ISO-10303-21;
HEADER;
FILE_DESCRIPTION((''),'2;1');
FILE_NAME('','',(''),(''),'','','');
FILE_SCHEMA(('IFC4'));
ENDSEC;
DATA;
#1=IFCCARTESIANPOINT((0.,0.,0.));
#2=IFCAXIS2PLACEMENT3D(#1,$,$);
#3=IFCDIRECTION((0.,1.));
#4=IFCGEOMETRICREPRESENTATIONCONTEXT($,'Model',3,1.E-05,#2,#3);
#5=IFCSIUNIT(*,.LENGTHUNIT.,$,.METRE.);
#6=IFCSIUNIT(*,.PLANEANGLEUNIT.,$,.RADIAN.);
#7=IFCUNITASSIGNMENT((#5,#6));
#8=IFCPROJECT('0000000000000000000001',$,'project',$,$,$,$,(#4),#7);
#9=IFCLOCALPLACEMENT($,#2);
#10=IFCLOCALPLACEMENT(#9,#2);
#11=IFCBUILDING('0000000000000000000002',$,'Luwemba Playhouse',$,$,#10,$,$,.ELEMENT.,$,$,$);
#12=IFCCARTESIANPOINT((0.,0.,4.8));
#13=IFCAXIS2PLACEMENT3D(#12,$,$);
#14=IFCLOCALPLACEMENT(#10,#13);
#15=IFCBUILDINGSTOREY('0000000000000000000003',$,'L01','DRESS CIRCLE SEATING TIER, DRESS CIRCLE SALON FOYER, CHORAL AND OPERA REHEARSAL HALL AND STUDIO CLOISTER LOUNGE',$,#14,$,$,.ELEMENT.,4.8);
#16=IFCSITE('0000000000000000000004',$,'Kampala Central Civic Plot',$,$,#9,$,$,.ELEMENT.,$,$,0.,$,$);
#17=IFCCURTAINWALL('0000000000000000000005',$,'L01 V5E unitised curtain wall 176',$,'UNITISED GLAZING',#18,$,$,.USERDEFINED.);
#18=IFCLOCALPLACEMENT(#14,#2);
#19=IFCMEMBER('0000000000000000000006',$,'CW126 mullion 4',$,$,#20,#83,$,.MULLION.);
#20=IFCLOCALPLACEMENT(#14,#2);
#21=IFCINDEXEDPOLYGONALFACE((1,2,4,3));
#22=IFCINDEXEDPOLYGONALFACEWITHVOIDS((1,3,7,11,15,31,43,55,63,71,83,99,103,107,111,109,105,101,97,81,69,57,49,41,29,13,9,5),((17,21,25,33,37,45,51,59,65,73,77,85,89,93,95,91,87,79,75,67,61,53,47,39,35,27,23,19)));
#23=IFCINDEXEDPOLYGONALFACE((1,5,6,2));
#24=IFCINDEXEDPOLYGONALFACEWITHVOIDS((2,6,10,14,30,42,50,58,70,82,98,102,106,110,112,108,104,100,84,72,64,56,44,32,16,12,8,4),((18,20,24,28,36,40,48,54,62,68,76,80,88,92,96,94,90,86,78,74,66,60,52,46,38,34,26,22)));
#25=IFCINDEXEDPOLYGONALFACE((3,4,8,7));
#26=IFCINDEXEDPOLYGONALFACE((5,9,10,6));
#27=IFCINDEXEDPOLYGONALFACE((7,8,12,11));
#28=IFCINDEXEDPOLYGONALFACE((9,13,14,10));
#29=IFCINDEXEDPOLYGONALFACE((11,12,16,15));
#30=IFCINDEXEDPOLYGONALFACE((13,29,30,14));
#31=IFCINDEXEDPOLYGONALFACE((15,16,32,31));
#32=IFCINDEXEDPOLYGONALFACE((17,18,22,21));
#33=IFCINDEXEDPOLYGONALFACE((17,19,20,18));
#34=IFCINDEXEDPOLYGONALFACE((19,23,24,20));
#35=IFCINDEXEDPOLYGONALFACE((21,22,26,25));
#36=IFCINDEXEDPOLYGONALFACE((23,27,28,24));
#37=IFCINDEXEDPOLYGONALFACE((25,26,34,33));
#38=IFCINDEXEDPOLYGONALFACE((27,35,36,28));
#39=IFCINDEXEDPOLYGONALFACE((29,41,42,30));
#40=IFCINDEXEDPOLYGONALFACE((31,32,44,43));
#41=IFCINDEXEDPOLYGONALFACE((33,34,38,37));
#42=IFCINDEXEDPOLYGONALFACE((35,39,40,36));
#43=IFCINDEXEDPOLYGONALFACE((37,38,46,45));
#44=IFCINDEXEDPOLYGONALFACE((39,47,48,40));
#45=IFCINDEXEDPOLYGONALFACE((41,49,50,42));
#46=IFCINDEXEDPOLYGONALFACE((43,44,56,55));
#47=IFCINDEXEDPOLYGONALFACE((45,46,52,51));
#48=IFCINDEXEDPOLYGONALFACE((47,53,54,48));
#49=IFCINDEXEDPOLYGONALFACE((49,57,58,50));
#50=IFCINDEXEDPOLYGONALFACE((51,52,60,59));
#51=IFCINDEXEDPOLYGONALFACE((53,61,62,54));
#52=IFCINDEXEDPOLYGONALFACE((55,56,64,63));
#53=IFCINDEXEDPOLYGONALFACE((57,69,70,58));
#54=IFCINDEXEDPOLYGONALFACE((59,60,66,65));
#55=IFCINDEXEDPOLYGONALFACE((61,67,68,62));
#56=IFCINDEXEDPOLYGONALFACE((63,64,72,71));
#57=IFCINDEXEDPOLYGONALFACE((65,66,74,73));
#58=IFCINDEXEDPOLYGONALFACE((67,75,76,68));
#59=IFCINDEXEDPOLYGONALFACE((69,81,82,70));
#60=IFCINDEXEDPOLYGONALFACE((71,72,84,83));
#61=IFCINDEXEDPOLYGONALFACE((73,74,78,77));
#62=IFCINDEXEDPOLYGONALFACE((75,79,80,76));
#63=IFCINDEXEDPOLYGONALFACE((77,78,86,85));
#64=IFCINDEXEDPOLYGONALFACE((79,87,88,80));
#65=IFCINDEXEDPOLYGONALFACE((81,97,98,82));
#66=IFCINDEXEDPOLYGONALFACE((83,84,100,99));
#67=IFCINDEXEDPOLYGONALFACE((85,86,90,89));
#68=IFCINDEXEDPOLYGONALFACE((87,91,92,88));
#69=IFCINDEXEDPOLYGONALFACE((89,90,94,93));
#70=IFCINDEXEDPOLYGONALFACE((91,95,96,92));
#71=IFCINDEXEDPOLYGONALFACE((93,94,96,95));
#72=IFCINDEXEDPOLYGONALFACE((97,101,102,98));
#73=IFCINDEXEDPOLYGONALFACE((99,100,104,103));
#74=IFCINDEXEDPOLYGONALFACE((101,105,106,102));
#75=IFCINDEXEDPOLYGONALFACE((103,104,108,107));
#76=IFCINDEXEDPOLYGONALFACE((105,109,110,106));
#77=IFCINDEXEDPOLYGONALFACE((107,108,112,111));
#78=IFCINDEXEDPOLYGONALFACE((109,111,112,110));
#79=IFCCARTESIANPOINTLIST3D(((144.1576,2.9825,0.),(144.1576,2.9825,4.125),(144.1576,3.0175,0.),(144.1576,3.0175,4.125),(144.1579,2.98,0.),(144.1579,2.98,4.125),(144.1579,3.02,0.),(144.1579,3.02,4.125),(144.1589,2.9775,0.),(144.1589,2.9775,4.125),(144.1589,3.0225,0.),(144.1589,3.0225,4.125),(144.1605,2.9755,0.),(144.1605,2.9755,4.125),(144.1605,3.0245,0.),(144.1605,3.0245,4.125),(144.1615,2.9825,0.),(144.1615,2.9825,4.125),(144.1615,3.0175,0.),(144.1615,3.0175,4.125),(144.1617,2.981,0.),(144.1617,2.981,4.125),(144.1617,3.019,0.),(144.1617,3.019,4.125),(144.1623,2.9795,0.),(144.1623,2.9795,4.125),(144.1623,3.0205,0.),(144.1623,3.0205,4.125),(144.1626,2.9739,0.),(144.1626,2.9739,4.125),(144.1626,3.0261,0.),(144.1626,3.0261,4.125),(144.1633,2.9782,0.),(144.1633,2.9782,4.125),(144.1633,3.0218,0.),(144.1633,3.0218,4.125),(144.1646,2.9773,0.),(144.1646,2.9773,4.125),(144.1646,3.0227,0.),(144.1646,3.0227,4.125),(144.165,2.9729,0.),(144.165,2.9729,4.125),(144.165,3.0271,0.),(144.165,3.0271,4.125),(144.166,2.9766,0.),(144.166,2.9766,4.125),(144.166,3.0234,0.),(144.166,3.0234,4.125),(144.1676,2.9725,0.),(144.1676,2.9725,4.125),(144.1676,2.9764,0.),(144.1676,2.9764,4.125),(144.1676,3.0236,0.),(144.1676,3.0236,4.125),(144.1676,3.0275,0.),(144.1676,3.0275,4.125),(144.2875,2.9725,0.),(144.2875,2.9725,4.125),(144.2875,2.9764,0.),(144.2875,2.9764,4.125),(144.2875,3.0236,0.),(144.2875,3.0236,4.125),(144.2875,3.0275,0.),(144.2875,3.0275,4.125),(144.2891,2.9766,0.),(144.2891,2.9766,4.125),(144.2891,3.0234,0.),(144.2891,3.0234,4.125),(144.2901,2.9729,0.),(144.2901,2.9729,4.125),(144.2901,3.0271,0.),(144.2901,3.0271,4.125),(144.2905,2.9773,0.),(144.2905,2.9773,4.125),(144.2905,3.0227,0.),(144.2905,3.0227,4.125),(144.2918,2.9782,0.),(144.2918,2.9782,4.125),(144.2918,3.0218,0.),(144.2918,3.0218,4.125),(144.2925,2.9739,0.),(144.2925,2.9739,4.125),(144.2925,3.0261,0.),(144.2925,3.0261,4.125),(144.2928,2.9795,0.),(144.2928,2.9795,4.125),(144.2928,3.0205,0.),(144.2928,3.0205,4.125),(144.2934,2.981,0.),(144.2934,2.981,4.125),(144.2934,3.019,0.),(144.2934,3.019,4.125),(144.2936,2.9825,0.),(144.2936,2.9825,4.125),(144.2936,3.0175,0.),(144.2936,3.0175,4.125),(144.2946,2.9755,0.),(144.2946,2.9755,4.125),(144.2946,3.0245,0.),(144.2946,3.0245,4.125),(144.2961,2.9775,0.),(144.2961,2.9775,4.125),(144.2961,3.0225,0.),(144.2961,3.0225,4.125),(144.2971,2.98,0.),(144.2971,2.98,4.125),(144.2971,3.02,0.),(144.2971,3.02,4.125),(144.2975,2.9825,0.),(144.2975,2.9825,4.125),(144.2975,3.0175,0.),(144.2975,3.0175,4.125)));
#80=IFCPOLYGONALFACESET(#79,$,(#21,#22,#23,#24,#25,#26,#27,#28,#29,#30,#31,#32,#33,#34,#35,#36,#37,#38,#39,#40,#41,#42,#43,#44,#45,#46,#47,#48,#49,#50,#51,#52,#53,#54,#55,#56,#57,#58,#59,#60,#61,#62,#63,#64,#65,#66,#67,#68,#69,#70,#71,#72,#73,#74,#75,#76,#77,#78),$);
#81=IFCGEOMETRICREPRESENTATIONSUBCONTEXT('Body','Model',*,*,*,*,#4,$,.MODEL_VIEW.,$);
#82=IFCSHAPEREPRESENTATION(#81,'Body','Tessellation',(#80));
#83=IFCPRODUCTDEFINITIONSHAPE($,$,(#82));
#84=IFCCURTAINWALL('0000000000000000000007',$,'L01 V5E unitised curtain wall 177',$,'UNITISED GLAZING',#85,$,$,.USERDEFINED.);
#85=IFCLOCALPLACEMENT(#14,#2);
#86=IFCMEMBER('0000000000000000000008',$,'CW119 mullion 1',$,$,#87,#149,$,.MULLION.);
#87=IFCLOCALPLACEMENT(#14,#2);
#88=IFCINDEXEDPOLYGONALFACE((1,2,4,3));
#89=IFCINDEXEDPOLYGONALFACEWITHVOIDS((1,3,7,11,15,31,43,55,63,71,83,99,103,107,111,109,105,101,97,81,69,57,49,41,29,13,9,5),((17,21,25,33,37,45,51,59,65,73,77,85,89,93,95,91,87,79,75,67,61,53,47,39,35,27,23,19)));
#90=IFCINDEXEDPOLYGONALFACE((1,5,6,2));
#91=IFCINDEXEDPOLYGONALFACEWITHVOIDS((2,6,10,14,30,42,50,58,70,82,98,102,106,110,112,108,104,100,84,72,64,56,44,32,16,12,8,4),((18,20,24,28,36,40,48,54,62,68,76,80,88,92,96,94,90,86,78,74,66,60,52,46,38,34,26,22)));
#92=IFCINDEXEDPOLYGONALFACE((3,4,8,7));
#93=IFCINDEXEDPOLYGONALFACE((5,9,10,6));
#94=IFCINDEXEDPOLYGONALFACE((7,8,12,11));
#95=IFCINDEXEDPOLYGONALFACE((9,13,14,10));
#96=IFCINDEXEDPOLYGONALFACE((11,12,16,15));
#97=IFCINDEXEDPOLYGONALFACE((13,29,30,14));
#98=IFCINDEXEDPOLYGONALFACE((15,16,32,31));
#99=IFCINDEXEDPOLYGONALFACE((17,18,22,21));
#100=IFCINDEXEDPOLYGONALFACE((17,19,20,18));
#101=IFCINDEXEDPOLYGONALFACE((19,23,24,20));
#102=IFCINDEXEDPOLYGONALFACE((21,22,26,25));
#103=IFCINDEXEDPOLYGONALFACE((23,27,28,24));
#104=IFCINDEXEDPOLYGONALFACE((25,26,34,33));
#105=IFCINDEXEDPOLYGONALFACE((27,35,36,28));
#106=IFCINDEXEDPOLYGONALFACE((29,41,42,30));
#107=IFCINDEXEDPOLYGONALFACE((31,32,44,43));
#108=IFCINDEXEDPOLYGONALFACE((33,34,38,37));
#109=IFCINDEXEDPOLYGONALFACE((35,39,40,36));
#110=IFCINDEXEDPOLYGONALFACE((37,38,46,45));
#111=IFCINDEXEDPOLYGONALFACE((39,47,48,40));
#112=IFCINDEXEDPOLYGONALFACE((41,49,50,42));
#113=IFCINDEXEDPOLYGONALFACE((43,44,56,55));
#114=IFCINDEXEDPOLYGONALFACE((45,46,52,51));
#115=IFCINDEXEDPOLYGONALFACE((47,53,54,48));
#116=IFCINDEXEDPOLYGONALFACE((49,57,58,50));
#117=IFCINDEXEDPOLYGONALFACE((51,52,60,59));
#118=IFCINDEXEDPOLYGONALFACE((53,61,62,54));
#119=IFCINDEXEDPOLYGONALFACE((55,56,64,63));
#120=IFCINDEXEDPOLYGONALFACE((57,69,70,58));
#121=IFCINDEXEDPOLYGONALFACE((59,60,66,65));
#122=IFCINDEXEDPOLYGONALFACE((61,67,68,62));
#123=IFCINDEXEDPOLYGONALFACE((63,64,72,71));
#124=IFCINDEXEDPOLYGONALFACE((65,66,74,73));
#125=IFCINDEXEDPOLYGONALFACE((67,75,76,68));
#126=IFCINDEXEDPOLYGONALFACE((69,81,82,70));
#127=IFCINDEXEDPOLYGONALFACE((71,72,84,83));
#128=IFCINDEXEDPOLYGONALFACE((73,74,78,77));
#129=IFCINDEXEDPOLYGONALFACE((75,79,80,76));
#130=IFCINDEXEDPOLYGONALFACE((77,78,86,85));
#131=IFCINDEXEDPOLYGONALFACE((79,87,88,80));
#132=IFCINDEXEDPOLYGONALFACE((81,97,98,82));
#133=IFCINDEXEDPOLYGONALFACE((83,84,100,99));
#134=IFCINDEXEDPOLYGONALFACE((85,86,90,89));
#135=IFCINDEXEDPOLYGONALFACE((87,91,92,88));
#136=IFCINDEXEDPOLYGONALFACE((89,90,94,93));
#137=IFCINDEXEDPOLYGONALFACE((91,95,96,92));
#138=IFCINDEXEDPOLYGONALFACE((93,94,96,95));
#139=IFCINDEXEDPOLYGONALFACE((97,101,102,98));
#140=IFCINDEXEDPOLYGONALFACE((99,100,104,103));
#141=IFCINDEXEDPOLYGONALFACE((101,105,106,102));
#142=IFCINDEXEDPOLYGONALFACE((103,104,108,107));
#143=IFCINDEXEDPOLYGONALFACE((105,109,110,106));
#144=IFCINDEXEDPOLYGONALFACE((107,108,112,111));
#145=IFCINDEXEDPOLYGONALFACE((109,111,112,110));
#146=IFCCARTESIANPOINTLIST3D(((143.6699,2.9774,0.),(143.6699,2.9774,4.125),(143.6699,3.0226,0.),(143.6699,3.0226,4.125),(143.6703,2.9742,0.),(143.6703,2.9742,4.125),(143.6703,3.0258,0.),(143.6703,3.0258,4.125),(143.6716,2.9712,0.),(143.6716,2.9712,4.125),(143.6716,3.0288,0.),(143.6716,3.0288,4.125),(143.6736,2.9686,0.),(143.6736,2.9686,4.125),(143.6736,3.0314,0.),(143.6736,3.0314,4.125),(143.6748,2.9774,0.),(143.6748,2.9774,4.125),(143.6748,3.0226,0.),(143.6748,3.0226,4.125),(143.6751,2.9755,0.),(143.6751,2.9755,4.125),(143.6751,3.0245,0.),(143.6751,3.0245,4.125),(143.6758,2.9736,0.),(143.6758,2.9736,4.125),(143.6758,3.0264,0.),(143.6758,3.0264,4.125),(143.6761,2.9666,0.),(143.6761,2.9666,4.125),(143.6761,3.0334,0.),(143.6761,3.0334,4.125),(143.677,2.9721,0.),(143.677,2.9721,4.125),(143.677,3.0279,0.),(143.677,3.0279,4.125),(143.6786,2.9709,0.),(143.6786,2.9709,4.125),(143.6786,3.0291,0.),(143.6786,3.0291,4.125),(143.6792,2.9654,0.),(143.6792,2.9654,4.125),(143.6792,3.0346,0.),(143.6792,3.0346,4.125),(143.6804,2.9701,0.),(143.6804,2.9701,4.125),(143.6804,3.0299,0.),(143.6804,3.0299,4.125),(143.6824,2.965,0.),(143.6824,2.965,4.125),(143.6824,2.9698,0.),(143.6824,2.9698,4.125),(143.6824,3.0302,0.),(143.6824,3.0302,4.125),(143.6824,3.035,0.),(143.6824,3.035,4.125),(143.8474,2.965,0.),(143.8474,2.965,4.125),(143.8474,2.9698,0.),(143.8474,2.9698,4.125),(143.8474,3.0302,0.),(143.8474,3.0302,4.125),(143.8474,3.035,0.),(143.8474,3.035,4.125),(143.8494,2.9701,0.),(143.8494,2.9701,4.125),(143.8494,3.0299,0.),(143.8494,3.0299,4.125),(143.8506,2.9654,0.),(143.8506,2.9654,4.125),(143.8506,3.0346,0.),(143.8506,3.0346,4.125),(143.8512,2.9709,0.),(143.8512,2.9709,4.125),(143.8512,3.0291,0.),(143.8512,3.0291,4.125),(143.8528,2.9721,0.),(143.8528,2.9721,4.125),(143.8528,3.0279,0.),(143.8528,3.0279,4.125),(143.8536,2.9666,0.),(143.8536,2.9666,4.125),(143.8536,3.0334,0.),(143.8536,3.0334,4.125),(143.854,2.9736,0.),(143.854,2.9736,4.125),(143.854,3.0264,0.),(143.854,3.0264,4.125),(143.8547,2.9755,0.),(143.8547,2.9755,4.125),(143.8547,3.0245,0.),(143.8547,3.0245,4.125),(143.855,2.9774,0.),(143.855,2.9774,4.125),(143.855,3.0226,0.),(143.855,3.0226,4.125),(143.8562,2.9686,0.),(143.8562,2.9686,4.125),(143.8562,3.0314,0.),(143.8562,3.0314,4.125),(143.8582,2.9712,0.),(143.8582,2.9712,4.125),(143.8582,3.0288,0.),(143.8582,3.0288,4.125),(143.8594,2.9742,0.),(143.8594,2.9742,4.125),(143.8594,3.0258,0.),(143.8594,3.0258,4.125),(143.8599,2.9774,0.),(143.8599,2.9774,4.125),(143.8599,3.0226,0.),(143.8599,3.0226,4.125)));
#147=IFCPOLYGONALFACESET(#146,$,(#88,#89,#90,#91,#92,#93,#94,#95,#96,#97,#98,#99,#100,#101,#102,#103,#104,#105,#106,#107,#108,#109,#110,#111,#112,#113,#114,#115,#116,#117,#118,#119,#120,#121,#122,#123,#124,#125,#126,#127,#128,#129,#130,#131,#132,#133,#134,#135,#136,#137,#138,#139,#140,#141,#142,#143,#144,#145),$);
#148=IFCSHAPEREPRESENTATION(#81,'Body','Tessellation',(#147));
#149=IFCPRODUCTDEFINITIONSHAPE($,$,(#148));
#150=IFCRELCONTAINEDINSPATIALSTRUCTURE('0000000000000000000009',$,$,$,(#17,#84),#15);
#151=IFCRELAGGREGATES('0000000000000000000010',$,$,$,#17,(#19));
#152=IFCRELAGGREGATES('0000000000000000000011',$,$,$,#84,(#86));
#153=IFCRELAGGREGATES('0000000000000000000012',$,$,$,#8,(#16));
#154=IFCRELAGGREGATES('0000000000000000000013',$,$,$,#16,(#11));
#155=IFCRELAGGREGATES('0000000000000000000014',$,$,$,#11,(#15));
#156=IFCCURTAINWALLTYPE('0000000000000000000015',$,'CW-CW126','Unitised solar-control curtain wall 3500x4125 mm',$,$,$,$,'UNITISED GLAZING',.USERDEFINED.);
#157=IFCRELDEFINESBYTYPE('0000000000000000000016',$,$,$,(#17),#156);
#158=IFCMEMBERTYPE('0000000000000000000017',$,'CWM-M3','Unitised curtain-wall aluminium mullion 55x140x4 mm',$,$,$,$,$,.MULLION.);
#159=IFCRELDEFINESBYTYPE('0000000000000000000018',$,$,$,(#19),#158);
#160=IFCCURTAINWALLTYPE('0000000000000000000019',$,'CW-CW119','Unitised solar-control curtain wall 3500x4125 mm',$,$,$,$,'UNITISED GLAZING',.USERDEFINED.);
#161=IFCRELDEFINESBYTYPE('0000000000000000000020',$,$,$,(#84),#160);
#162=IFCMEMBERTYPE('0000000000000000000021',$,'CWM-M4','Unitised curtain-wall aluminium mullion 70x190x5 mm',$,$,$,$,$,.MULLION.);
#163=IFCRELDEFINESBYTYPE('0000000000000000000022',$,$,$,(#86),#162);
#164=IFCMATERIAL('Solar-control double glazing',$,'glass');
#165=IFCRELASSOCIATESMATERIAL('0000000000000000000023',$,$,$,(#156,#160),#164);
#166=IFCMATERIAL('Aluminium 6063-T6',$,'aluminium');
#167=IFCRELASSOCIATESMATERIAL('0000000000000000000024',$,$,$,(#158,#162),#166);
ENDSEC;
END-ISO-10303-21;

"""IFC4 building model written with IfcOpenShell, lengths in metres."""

from ifc_helpers import new_model, si_unit, direction, frame, origin, origin_2d, place, context, subcontext, project, spatial, hollow_rectangle, extrude, material, material_profile, profile_set, type_object, element, aggregate, save


model = new_model("IFC4")

# Units and contexts
model_context = context("Model", 3, precision=1e-05, world=origin(), true_north=direction((0.0, 1.0)))
body_context = subcontext(model_context, "Body", "Model", "MODEL_VIEW")
ifc_project = project(units=[si_unit("LENGTHUNIT", "METRE"), si_unit("PLANEANGLEUNIT", "RADIAN")], contexts=[model_context])

# Site, building, storey
site_placement = place(None, origin())
site = spatial("IfcSite", under=ifc_project, at=site_placement, Name="Kampala Central Civic Plot", CompositionType="ELEMENT", RefElevation=0.0)
building_placement = place(site_placement, origin())
building = spatial("IfcBuilding", under=site, at=building_placement, Name="Luwemba Playhouse", CompositionType="ELEMENT")
storey_placement = place(building_placement, frame((0.0, 0.0, 4.8)))
storey = spatial("IfcBuildingStorey", under=building, at=storey_placement, Name="L01", Description="DRESS CIRCLE SEATING TIER, DRESS CIRCLE SALON FOYER, CHORAL AND OPERA REHEARSAL HALL AND STUDIO CLOISTER LOUNGE", CompositionType="ELEMENT", Elevation=4.8)

# Curtain wall, member
ifc_material_1 = material(Name="Solar-control double glazing", Category="glass")
curtain_wall_type_1 = type_object("IfcCurtainWallType", Name="CW-CW126", Description="Unitised solar-control curtain wall 3500x4125 mm", ElementType="UNITISED GLAZING", PredefinedType="USERDEFINED", material=ifc_material_1)
curtain_wall_1_placement = place(storey_placement, origin())
curtain_wall_1 = element("IfcCurtainWall", 1, at=curtain_wall_1_placement, inside=storey, type_object=curtain_wall_type_1, Name="L01 V5E unitised curtain wall 176", ObjectType="UNITISED GLAZING", PredefinedType="USERDEFINED")
ifc_material_2 = material(Name="Aluminium 6063-T6", Category="aluminium")
ifc_material_profile_1 = material_profile(ifc_material_2, hollow_rectangle(XDim=0.0549, YDim=0.1399, WallThickness=0.0039, InnerFilletRadius=0.0061, OuterFilletRadius=0.01, at=origin_2d()))
ifc_profile_set_1 = profile_set([ifc_material_profile_1], Name="Aluminium 6063-T6")
member_type_1 = type_object("IfcMemberType", Name="CWM-M3", Description="Unitised curtain-wall aluminium mullion 55x140x4 mm", PredefinedType="MULLION", material=ifc_profile_set_1)
member_1_placement = place(storey_placement, frame((144.2275, 3.0, 0.0), z_axis=(0.0, 0.0, 1.0), x_axis=(0.0, -1.0, 0.0)))
member_1 = element("IfcMember", 2, at=member_1_placement, type_object=member_type_1, Name="CW126 mullion 4", PredefinedType="MULLION", context=body_context, shape_type="SweptSolid", body=[
    extrude(hollow_rectangle(XDim=0.0549, YDim=0.1399, WallThickness=0.0039, InnerFilletRadius=0.0061, OuterFilletRadius=0.01, at=origin_2d()), origin(), (0.0, 0.0, 1.0), 4.125),
])

# Curtain wall, member
curtain_wall_type_2 = type_object("IfcCurtainWallType", Name="CW-CW119", Description="Unitised solar-control curtain wall 3500x4125 mm", ElementType="UNITISED GLAZING", PredefinedType="USERDEFINED", material=ifc_material_1)
curtain_wall_2_placement = place(storey_placement, origin())
curtain_wall_2 = element("IfcCurtainWall", 3, at=curtain_wall_2_placement, inside=storey, type_object=curtain_wall_type_2, Name="L01 V5E unitised curtain wall 177", ObjectType="UNITISED GLAZING", PredefinedType="USERDEFINED")
ifc_material_profile_2 = material_profile(ifc_material_2, hollow_rectangle(XDim=0.0701, YDim=0.1899, WallThickness=0.0049, InnerFilletRadius=0.0076, OuterFilletRadius=0.0125, at=origin_2d()))
ifc_profile_set_2 = profile_set([ifc_material_profile_2], Name="Aluminium 6063-T6")
member_type_2 = type_object("IfcMemberType", Name="CWM-M4", Description="Unitised curtain-wall aluminium mullion 70x190x5 mm", PredefinedType="MULLION", material=ifc_profile_set_2)
member_2_placement = place(storey_placement, frame((143.7649, 3.0, 0.0), z_axis=(0.0, 0.0, 1.0), x_axis=(0.0, -1.0, 0.0)))
member_2 = element("IfcMember", 4, at=member_2_placement, type_object=member_type_2, Name="CW119 mullion 1", PredefinedType="MULLION", context=body_context, shape_type="SweptSolid", body=[
    extrude(hollow_rectangle(XDim=0.0701, YDim=0.1899, WallThickness=0.0049, InnerFilletRadius=0.0076, OuterFilletRadius=0.0125, at=origin_2d()), origin(), (0.0, 0.0, 1.0), 4.125),
])

aggregate(curtain_wall_1, [member_1])
aggregate(curtain_wall_2, [member_2])

save(model, "model.ifc")
